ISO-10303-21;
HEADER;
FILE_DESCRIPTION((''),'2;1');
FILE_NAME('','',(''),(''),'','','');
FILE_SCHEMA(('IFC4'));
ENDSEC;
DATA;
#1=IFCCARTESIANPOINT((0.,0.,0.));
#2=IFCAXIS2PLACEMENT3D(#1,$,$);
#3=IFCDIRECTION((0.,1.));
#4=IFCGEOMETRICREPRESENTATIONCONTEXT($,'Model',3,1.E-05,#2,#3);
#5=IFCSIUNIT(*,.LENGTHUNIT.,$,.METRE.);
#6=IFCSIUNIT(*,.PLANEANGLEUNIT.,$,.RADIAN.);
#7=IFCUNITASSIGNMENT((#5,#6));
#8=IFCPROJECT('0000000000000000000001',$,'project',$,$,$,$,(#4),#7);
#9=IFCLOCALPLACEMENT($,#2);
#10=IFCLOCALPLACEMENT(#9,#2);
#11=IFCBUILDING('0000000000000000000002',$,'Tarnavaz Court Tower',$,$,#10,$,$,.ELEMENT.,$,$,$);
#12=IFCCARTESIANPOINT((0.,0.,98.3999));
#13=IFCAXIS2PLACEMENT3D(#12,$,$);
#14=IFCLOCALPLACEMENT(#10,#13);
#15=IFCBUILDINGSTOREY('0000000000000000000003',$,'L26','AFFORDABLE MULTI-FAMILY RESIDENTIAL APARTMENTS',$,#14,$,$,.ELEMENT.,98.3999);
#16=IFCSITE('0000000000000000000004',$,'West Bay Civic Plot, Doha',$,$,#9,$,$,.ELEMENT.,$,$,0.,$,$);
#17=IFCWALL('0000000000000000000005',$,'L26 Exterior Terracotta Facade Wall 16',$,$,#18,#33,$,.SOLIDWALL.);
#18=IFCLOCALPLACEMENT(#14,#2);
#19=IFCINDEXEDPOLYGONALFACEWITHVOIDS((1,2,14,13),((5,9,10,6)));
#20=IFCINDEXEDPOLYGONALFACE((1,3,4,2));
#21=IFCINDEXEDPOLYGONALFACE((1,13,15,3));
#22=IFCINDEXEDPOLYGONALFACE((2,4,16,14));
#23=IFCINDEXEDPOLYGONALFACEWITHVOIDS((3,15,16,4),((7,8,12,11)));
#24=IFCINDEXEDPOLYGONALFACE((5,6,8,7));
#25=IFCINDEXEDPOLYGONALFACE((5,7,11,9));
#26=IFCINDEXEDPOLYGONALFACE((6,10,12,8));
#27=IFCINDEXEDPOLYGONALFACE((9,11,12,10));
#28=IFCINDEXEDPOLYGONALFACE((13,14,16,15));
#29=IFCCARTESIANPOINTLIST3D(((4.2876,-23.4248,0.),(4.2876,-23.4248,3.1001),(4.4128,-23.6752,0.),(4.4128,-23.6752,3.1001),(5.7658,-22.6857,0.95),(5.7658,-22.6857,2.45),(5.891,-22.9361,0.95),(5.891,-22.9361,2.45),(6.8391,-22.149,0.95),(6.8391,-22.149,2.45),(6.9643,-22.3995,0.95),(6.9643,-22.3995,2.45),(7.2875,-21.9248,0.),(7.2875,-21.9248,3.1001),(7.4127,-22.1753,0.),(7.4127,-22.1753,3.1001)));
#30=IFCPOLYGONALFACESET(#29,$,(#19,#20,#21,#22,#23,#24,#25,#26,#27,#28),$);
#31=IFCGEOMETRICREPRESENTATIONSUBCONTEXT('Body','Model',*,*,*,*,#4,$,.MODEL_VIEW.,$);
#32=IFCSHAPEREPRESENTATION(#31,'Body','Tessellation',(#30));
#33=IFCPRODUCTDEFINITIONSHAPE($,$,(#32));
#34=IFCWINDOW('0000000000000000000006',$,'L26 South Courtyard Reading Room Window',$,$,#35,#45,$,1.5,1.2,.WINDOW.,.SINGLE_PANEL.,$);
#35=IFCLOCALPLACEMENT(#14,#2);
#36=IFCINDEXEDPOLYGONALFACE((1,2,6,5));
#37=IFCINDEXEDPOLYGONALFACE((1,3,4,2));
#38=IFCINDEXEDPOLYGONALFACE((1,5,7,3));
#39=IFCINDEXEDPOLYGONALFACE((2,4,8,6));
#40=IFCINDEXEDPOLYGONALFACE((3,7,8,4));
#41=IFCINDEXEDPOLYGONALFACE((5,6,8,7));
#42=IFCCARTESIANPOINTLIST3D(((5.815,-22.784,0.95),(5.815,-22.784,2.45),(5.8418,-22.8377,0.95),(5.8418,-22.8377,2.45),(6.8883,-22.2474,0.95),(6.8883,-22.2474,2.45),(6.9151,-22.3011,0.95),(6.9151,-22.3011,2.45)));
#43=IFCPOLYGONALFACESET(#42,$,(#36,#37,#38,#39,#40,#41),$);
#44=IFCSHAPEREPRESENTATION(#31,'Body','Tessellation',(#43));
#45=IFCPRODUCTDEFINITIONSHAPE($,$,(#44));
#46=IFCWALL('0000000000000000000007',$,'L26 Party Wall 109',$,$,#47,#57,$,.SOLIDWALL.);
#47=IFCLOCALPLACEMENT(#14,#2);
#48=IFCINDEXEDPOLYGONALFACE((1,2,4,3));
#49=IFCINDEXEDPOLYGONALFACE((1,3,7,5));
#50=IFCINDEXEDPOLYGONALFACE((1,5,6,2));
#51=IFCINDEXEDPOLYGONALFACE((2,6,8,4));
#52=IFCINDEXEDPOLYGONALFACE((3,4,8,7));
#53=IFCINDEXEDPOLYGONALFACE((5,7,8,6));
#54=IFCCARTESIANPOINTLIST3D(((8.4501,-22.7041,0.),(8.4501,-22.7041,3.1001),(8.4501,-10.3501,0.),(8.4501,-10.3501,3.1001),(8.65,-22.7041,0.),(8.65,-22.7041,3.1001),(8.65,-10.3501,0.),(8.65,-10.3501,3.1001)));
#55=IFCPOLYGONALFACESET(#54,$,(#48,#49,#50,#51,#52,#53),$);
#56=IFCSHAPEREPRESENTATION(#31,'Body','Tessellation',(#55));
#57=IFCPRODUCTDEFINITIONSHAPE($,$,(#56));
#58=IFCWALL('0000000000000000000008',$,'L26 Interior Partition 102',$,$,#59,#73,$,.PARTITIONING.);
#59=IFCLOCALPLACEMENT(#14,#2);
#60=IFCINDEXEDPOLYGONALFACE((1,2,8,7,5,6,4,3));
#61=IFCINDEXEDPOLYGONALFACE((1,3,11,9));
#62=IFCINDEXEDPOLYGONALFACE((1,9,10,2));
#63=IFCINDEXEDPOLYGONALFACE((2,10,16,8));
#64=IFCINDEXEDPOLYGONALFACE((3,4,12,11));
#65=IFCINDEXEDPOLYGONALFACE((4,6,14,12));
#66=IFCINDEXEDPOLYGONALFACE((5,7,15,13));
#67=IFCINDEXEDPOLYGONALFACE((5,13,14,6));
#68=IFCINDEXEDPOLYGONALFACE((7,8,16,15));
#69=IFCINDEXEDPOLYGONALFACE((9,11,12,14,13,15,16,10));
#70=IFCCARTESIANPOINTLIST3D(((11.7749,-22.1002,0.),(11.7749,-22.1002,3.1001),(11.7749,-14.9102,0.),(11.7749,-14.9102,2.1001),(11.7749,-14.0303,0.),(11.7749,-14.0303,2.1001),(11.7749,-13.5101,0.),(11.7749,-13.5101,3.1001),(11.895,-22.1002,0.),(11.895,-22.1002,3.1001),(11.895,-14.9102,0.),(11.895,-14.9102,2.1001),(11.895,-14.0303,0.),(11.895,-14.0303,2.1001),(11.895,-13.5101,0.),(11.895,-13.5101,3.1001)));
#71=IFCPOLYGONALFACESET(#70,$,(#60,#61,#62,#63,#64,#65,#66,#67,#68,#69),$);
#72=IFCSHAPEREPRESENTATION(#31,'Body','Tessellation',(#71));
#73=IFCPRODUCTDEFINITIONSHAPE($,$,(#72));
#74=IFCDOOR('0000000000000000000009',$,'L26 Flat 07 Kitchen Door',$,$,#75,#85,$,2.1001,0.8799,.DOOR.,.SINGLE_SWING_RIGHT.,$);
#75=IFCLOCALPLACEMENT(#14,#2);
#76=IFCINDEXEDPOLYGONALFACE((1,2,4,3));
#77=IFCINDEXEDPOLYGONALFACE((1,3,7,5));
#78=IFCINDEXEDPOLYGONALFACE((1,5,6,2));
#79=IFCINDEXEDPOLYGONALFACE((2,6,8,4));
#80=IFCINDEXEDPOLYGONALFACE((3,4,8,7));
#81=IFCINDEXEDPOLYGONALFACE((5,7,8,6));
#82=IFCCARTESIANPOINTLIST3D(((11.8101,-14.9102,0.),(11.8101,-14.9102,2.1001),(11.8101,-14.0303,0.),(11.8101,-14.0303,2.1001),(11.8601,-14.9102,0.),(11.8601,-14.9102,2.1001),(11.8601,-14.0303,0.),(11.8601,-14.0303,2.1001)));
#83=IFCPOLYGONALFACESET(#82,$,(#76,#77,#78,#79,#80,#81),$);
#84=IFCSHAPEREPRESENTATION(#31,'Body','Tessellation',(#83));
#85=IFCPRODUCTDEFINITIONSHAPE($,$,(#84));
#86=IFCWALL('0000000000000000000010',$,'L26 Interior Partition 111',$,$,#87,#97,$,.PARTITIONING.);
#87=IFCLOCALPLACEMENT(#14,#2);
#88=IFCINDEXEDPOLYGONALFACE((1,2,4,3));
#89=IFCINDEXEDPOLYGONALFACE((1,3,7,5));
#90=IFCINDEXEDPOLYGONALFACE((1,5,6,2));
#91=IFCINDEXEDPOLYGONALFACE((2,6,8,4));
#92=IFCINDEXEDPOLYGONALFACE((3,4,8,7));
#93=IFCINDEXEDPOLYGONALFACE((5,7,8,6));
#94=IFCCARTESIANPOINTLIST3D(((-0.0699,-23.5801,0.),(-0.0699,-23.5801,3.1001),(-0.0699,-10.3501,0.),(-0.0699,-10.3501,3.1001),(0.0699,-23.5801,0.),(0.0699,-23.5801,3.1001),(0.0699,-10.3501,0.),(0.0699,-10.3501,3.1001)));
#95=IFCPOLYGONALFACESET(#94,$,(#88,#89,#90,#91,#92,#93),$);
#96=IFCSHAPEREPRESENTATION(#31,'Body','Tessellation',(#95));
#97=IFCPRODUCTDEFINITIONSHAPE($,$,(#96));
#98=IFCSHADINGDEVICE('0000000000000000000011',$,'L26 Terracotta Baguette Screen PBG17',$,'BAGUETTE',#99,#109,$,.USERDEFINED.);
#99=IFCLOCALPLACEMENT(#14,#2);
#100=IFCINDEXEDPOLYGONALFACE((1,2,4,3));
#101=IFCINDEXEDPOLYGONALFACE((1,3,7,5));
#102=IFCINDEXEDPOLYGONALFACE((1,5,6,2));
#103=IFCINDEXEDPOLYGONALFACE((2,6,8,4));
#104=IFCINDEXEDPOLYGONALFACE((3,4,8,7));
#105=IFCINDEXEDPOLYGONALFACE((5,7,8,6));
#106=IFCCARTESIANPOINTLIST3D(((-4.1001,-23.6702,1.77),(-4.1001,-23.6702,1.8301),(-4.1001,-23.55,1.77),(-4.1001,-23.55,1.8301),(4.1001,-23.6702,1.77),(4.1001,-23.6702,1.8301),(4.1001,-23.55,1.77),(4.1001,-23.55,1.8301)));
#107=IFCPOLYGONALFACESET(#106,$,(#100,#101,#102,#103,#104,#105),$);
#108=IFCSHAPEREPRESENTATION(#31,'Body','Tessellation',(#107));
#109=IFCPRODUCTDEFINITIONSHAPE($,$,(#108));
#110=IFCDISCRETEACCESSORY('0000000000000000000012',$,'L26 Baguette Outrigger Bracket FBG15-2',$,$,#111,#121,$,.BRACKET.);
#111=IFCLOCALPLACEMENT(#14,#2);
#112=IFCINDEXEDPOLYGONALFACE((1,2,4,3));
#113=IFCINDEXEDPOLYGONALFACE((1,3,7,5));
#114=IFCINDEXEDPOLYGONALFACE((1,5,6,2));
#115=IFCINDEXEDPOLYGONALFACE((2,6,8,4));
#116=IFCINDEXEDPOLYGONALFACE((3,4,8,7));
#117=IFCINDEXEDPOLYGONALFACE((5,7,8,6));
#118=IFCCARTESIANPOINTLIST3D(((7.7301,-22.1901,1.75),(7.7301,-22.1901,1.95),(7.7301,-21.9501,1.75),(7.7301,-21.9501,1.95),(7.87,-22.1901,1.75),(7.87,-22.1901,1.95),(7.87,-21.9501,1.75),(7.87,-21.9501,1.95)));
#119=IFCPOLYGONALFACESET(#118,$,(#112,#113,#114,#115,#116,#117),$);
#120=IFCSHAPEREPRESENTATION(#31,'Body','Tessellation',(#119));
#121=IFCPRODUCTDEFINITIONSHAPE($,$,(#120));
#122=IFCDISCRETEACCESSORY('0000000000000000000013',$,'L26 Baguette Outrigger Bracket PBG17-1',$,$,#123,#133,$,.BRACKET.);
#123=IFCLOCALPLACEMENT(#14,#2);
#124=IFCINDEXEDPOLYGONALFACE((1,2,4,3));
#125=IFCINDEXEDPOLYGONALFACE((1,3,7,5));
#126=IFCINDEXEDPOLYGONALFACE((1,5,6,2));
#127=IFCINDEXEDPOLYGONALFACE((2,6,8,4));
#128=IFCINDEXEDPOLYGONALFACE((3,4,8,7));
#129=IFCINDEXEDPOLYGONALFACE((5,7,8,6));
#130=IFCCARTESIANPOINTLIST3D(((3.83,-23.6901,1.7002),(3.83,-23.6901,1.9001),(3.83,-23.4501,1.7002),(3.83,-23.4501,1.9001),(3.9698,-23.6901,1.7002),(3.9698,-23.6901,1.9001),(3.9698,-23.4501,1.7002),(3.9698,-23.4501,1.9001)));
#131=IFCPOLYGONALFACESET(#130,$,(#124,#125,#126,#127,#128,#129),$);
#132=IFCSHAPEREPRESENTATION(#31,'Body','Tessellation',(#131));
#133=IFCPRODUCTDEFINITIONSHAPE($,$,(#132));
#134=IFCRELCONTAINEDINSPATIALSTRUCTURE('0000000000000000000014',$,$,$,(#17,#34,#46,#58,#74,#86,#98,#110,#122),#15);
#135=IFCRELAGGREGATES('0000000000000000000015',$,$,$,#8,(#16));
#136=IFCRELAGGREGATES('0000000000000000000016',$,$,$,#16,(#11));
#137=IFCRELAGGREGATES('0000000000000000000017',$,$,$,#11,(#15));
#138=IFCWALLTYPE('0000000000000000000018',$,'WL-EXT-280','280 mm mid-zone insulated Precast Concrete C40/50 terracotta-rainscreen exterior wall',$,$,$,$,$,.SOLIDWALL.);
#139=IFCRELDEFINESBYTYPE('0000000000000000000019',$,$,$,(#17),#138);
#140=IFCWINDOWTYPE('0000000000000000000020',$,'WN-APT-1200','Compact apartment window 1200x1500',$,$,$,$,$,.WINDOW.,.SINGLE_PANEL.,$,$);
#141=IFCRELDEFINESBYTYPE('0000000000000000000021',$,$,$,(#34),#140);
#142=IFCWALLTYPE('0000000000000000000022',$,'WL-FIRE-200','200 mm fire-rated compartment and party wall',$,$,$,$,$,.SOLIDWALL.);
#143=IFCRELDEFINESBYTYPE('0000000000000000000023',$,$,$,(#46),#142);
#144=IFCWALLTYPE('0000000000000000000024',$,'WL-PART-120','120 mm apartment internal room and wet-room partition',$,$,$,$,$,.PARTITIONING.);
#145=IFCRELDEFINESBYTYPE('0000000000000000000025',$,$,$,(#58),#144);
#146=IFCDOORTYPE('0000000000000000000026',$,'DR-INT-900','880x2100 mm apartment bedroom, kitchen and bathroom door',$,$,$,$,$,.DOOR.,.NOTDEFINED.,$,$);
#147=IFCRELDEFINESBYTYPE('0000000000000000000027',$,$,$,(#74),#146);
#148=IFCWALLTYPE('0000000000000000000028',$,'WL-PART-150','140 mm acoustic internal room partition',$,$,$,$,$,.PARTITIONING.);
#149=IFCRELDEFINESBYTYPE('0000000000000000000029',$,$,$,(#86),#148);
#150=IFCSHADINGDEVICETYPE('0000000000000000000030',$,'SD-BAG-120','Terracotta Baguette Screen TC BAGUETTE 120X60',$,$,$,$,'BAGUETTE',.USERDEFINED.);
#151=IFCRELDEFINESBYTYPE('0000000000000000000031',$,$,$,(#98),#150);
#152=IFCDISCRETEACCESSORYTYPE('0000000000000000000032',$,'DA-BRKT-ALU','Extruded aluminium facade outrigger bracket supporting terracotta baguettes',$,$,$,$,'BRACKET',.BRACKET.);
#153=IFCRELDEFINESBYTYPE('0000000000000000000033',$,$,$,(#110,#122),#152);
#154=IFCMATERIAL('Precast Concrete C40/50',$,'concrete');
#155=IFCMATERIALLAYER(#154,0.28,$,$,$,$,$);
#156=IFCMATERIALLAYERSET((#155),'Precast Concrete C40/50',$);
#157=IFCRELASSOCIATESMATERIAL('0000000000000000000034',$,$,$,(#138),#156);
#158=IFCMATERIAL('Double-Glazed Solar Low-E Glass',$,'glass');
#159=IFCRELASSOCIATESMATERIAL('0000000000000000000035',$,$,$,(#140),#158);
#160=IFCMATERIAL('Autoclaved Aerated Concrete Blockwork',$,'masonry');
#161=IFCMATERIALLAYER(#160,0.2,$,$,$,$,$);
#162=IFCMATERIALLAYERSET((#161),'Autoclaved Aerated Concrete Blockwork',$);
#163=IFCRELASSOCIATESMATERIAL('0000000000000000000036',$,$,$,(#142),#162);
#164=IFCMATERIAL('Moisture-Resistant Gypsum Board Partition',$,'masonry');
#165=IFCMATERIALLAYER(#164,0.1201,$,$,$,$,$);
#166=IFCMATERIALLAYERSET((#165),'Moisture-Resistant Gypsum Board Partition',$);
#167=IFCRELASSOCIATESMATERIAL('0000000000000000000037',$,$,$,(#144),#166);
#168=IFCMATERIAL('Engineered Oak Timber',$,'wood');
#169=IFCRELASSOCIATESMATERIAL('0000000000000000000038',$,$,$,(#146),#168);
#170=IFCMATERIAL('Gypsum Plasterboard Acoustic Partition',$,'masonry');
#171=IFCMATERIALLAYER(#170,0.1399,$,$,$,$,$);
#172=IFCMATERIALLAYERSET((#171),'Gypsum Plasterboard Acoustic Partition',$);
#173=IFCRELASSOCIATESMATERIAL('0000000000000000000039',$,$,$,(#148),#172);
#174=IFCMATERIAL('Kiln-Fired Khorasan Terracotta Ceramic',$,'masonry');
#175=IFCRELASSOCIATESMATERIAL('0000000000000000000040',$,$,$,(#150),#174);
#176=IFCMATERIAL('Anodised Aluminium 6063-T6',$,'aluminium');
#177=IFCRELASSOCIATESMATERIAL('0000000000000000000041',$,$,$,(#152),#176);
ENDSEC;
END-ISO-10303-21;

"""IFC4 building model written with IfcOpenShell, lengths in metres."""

from ifc_helpers import new_model, si_unit, direction, frame, frame_2d, origin, origin_2d, place, context, subcontext, project, spatial, rectangle, extrude, material, layer, layer_set, material_profile, profile_set, type_object, element, fill, save


model = new_model("IFC4")

# Units and contexts
model_context = context("Model", 3, precision=1e-05, world=origin(), true_north=direction((0.0, 1.0)))
body_context = subcontext(model_context, "Body", "Model", "MODEL_VIEW")
ifc_project = project(units=[si_unit("LENGTHUNIT", "METRE"), si_unit("PLANEANGLEUNIT", "RADIAN")], contexts=[model_context])

# Site, building, storey
site_placement = place(None, origin())
site = spatial("IfcSite", under=ifc_project, at=site_placement, Name="West Bay Civic Plot, Doha", CompositionType="ELEMENT", RefElevation=0.0)
building_placement = place(site_placement, origin())
building = spatial("IfcBuilding", under=site, at=building_placement, Name="Tarnavaz Court Tower", CompositionType="ELEMENT")
storey_placement = place(building_placement, frame((0.0, 0.0, 98.3999)))
storey = spatial("IfcBuildingStorey", under=building, at=storey_placement, Name="L26", Description="AFFORDABLE MULTI-FAMILY RESIDENTIAL APARTMENTS", CompositionType="ELEMENT", Elevation=98.3999)

# Shared definitions
ifc_material_1 = material(Name="Anodised Aluminium 6063-T6", Category="aluminium")
ifc_material_2 = material(Name="Double-Glazed Solar Low-E Glass", Category="glass")

# Wall, opening, window
ifc_material_3 = material(Name="Precast Concrete C40/50", Category="concrete")
ifc_layer_1 = layer(ifc_material_3, 0.28)
ifc_layer_set_1 = layer_set([ifc_layer_1], Name="Precast Concrete C40/50")
wall_type_1 = type_object("IfcWallType", Name="WL-EXT-280", Description="280 mm mid-zone insulated Precast Concrete C40/50 terracotta-rainscreen exterior wall", PredefinedType="SOLIDWALL", material=ifc_layer_set_1)
wall_1_placement = place(storey_placement, frame((7.3501, -22.05, 0.0), z_axis=(0.0, 0.0, 1.0), x_axis=(-0.894427, -0.447214, 0.0)))
wall_1 = element("IfcWall", 1, at=wall_1_placement, inside=storey, type_object=wall_type_1, Name="L26 Exterior Terracotta Facade Wall 16", PredefinedType="SOLIDWALL", context=body_context, shape_type="SweptSolid", body=[
    extrude(rectangle(XDim=3.354, YDim=0.28, at=frame_2d((1.677, 0.0))), origin(), (0.0, 0.0, 1.0), 3.1001),
])
opening_1_placement = place(wall_1_placement, frame((0.5012, 0.0, 0.95)))
opening_1 = element("IfcOpeningElement", 2, at=opening_1_placement, cuts=wall_1, PredefinedType="OPENING", context=body_context, shape_type="SweptSolid", body=[
    extrude(rectangle(XDim=1.2, YDim=1.5, at=frame_2d((0.6001, 0.75))), frame((0.0, 0.1499, 0.0), z_axis=(0.0, -1.0, 0.0), x_axis=(1.0, 0.0, 0.0)), (0.0, 0.0, 1.0), 0.3),
])
window_type = type_object("IfcWindowType", Name="WN-APT-1200", Description="Compact apartment window 1200x1500", PartitioningType="SINGLE_PANEL", PredefinedType="WINDOW", material=ifc_material_2)
window_placement = place(opening_1_placement, origin())
window = element("IfcWindow", 3, at=window_placement, inside=storey, type_object=window_type, Name="L26 South Courtyard Reading Room Window", OverallHeight=1.5, OverallWidth=1.2, PartitioningType="SINGLE_PANEL", PredefinedType="WINDOW", context=body_context, shape_type="SweptSolid", body=[
    extrude(rectangle(XDim=1.2, YDim=1.5, at=frame_2d((0.6001, 0.75))), frame((0.0, 0.03, 0.0), z_axis=(0.0, -1.0, 0.0), x_axis=(1.0, 0.0, 0.0)), (0.0, 0.0, 1.0), 0.0601),
])
fill(opening_1, window)

# Wall
ifc_material_4 = material(Name="Autoclaved Aerated Concrete Blockwork", Category="masonry")
ifc_layer_2 = layer(ifc_material_4, 0.2)
ifc_layer_set_2 = layer_set([ifc_layer_2], Name="Autoclaved Aerated Concrete Blockwork")
wall_type_2 = type_object("IfcWallType", Name="WL-FIRE-200", Description="200 mm fire-rated compartment and party wall", PredefinedType="SOLIDWALL", material=ifc_layer_set_2)
wall_2_placement = place(storey_placement, frame((8.55, -22.7041, 0.0), z_axis=(0.0, 0.0, 1.0), x_axis=(0.0, 1.0, 0.0)))
element("IfcWall", 4, at=wall_2_placement, inside=storey, type_object=wall_type_2, Name="L26 Party Wall 109", PredefinedType="SOLIDWALL", context=body_context, shape_type="SweptSolid", body=[
    extrude(rectangle(XDim=12.354, YDim=0.2, at=frame_2d((6.177, 0.0))), origin(), (0.0, 0.0, 1.0), 3.1001),
])

# Wall, opening, door
ifc_material_5 = material(Name="Moisture-Resistant Gypsum Board Partition", Category="masonry")
ifc_layer_3 = layer(ifc_material_5, 0.1201)
ifc_layer_set_3 = layer_set([ifc_layer_3], Name="Moisture-Resistant Gypsum Board Partition")
wall_type_3 = type_object("IfcWallType", Name="WL-PART-120", Description="120 mm apartment internal room and wet-room partition", PredefinedType="PARTITIONING", material=ifc_layer_set_3)
wall_3_placement = place(storey_placement, frame((11.835, -22.1001, 0.0), z_axis=(0.0, 0.0, 1.0), x_axis=(0.0, 1.0, 0.0)))
wall_3 = element("IfcWall", 5, at=wall_3_placement, inside=storey, type_object=wall_type_3, Name="L26 Interior Partition 102", PredefinedType="PARTITIONING", context=body_context, shape_type="SweptSolid", body=[
    extrude(rectangle(XDim=8.5901, YDim=0.1201, at=frame_2d((4.2949, 0.0))), origin(), (0.0, 0.0, 1.0), 3.1001),
])
opening_2_placement = place(wall_3_placement, frame((7.1899, 0.0, 0.0)))
opening_2 = element("IfcOpeningElement", 6, at=opening_2_placement, cuts=wall_3, PredefinedType="OPENING", context=body_context, shape_type="SweptSolid", body=[
    extrude(rectangle(XDim=0.8799, YDim=2.1001, at=frame_2d((0.4399, 1.05))), frame((0.0, 0.0701, 0.0), z_axis=(0.0, -1.0, 0.0), x_axis=(1.0, 0.0, 0.0)), (0.0, 0.0, 1.0), 0.1401),
])
ifc_material_6 = material(Name="Engineered Oak Timber", Category="wood")
door_type = type_object("IfcDoorType", Name="DR-INT-900", Description="880x2100 mm apartment bedroom, kitchen and bathroom door", OperationType="NOTDEFINED", PredefinedType="DOOR", material=ifc_material_6)
door_placement = place(opening_2_placement, origin())
door = element("IfcDoor", 7, at=door_placement, inside=storey, type_object=door_type, Name="L26 Flat 07 Kitchen Door", OperationType="SINGLE_SWING_RIGHT", OverallHeight=2.1001, OverallWidth=0.8799, PredefinedType="DOOR", context=body_context, shape_type="SweptSolid", body=[
    extrude(rectangle(XDim=0.8799, YDim=2.1001, at=frame_2d((0.4399, 1.05))), frame((0.0, 0.0249, 0.0), z_axis=(0.0, -1.0, 0.0), x_axis=(1.0, 0.0, 0.0)), (0.0, 0.0, 1.0), 0.05),
])
fill(opening_2, door)

# Wall
ifc_material_7 = material(Name="Gypsum Plasterboard Acoustic Partition", Category="masonry")
ifc_layer_4 = layer(ifc_material_7, 0.1399)
ifc_layer_set_4 = layer_set([ifc_layer_4], Name="Gypsum Plasterboard Acoustic Partition")
wall_type_4 = type_object("IfcWallType", Name="WL-PART-150", Description="140 mm acoustic internal room partition", PredefinedType="PARTITIONING", material=ifc_layer_set_4)
wall_4_placement = place(storey_placement, frame((0.0, -23.5801, 0.0), z_axis=(0.0, 0.0, 1.0), x_axis=(0.0, 1.0, 0.0)))
element("IfcWall", 8, at=wall_4_placement, inside=storey, type_object=wall_type_4, Name="L26 Interior Partition 111", PredefinedType="PARTITIONING", context=body_context, shape_type="SweptSolid", body=[
    extrude(rectangle(XDim=13.23, YDim=0.1399, at=frame_2d((6.615, 0.0))), origin(), (0.0, 0.0, 1.0), 3.1001),
])

# Shading device
ifc_material_8 = material(Name="Kiln-Fired Khorasan Terracotta Ceramic", Category="masonry")
ifc_material_profile_1 = material_profile(ifc_material_8, rectangle(XDim=0.1201, YDim=0.0601, at=origin_2d()), Name="TC BAGUETTE 120X60")
ifc_profile_set_1 = profile_set([ifc_material_profile_1], Name="Kiln-Fired Khorasan Terracotta Ceramic")
shading_device_type = type_object("IfcShadingDeviceType", Name="SD-BAG-120", Description="Terracotta Baguette Screen TC BAGUETTE 120X60", ElementType="BAGUETTE", PredefinedType="USERDEFINED", material=ifc_profile_set_1)
shading_device_placement = place(storey_placement, frame((4.1001, -23.6101, 1.8), z_axis=(-1.0, 0.0, 0.0), x_axis=(0.0, -1.0, 0.0)))
element("IfcShadingDevice", 9, at=shading_device_placement, inside=storey, type_object=shading_device_type, Name="L26 Terracotta Baguette Screen PBG17", ObjectType="BAGUETTE", PredefinedType="USERDEFINED", context=body_context, shape_type="SweptSolid", body=[
    extrude(rectangle(XDim=0.1201, YDim=0.0601, at=origin_2d()), origin(), (0.0, 0.0, 1.0), 8.2002),
])

# Discrete accessories
discrete_accessory_type = type_object("IfcDiscreteAccessoryType", Name="DA-BRKT-ALU", Description="Extruded aluminium facade outrigger bracket supporting terracotta baguettes", ElementType="BRACKET", PredefinedType="BRACKET", material=ifc_material_1)
for number, where, z_axis, x_axis, name in (
    (10, (7.8, -22.0701, 1.75), (0.0, 0.0, 1.0), (-1.0, 0.0, 0.0), "L26 Baguette Outrigger Bracket FBG15-2"),
    (11, (3.8999, -23.5701, 1.7002), (0.0, 0.0, 1.0), (-1.0, 0.0, 0.0), "L26 Baguette Outrigger Bracket PBG17-1"),
):
    element("IfcDiscreteAccessory", number, at=place(storey_placement, frame(where, z_axis=z_axis, x_axis=x_axis)), inside=storey, type_object=discrete_accessory_type, Name=name, PredefinedType="BRACKET", context=body_context, shape_type="SweptSolid", body=[
        extrude(rectangle(XDim=0.1399, YDim=0.24, at=origin_2d()), origin(), (0.0, 0.0, 1.0), 0.2),
    ])

save(model, "model.ifc")
